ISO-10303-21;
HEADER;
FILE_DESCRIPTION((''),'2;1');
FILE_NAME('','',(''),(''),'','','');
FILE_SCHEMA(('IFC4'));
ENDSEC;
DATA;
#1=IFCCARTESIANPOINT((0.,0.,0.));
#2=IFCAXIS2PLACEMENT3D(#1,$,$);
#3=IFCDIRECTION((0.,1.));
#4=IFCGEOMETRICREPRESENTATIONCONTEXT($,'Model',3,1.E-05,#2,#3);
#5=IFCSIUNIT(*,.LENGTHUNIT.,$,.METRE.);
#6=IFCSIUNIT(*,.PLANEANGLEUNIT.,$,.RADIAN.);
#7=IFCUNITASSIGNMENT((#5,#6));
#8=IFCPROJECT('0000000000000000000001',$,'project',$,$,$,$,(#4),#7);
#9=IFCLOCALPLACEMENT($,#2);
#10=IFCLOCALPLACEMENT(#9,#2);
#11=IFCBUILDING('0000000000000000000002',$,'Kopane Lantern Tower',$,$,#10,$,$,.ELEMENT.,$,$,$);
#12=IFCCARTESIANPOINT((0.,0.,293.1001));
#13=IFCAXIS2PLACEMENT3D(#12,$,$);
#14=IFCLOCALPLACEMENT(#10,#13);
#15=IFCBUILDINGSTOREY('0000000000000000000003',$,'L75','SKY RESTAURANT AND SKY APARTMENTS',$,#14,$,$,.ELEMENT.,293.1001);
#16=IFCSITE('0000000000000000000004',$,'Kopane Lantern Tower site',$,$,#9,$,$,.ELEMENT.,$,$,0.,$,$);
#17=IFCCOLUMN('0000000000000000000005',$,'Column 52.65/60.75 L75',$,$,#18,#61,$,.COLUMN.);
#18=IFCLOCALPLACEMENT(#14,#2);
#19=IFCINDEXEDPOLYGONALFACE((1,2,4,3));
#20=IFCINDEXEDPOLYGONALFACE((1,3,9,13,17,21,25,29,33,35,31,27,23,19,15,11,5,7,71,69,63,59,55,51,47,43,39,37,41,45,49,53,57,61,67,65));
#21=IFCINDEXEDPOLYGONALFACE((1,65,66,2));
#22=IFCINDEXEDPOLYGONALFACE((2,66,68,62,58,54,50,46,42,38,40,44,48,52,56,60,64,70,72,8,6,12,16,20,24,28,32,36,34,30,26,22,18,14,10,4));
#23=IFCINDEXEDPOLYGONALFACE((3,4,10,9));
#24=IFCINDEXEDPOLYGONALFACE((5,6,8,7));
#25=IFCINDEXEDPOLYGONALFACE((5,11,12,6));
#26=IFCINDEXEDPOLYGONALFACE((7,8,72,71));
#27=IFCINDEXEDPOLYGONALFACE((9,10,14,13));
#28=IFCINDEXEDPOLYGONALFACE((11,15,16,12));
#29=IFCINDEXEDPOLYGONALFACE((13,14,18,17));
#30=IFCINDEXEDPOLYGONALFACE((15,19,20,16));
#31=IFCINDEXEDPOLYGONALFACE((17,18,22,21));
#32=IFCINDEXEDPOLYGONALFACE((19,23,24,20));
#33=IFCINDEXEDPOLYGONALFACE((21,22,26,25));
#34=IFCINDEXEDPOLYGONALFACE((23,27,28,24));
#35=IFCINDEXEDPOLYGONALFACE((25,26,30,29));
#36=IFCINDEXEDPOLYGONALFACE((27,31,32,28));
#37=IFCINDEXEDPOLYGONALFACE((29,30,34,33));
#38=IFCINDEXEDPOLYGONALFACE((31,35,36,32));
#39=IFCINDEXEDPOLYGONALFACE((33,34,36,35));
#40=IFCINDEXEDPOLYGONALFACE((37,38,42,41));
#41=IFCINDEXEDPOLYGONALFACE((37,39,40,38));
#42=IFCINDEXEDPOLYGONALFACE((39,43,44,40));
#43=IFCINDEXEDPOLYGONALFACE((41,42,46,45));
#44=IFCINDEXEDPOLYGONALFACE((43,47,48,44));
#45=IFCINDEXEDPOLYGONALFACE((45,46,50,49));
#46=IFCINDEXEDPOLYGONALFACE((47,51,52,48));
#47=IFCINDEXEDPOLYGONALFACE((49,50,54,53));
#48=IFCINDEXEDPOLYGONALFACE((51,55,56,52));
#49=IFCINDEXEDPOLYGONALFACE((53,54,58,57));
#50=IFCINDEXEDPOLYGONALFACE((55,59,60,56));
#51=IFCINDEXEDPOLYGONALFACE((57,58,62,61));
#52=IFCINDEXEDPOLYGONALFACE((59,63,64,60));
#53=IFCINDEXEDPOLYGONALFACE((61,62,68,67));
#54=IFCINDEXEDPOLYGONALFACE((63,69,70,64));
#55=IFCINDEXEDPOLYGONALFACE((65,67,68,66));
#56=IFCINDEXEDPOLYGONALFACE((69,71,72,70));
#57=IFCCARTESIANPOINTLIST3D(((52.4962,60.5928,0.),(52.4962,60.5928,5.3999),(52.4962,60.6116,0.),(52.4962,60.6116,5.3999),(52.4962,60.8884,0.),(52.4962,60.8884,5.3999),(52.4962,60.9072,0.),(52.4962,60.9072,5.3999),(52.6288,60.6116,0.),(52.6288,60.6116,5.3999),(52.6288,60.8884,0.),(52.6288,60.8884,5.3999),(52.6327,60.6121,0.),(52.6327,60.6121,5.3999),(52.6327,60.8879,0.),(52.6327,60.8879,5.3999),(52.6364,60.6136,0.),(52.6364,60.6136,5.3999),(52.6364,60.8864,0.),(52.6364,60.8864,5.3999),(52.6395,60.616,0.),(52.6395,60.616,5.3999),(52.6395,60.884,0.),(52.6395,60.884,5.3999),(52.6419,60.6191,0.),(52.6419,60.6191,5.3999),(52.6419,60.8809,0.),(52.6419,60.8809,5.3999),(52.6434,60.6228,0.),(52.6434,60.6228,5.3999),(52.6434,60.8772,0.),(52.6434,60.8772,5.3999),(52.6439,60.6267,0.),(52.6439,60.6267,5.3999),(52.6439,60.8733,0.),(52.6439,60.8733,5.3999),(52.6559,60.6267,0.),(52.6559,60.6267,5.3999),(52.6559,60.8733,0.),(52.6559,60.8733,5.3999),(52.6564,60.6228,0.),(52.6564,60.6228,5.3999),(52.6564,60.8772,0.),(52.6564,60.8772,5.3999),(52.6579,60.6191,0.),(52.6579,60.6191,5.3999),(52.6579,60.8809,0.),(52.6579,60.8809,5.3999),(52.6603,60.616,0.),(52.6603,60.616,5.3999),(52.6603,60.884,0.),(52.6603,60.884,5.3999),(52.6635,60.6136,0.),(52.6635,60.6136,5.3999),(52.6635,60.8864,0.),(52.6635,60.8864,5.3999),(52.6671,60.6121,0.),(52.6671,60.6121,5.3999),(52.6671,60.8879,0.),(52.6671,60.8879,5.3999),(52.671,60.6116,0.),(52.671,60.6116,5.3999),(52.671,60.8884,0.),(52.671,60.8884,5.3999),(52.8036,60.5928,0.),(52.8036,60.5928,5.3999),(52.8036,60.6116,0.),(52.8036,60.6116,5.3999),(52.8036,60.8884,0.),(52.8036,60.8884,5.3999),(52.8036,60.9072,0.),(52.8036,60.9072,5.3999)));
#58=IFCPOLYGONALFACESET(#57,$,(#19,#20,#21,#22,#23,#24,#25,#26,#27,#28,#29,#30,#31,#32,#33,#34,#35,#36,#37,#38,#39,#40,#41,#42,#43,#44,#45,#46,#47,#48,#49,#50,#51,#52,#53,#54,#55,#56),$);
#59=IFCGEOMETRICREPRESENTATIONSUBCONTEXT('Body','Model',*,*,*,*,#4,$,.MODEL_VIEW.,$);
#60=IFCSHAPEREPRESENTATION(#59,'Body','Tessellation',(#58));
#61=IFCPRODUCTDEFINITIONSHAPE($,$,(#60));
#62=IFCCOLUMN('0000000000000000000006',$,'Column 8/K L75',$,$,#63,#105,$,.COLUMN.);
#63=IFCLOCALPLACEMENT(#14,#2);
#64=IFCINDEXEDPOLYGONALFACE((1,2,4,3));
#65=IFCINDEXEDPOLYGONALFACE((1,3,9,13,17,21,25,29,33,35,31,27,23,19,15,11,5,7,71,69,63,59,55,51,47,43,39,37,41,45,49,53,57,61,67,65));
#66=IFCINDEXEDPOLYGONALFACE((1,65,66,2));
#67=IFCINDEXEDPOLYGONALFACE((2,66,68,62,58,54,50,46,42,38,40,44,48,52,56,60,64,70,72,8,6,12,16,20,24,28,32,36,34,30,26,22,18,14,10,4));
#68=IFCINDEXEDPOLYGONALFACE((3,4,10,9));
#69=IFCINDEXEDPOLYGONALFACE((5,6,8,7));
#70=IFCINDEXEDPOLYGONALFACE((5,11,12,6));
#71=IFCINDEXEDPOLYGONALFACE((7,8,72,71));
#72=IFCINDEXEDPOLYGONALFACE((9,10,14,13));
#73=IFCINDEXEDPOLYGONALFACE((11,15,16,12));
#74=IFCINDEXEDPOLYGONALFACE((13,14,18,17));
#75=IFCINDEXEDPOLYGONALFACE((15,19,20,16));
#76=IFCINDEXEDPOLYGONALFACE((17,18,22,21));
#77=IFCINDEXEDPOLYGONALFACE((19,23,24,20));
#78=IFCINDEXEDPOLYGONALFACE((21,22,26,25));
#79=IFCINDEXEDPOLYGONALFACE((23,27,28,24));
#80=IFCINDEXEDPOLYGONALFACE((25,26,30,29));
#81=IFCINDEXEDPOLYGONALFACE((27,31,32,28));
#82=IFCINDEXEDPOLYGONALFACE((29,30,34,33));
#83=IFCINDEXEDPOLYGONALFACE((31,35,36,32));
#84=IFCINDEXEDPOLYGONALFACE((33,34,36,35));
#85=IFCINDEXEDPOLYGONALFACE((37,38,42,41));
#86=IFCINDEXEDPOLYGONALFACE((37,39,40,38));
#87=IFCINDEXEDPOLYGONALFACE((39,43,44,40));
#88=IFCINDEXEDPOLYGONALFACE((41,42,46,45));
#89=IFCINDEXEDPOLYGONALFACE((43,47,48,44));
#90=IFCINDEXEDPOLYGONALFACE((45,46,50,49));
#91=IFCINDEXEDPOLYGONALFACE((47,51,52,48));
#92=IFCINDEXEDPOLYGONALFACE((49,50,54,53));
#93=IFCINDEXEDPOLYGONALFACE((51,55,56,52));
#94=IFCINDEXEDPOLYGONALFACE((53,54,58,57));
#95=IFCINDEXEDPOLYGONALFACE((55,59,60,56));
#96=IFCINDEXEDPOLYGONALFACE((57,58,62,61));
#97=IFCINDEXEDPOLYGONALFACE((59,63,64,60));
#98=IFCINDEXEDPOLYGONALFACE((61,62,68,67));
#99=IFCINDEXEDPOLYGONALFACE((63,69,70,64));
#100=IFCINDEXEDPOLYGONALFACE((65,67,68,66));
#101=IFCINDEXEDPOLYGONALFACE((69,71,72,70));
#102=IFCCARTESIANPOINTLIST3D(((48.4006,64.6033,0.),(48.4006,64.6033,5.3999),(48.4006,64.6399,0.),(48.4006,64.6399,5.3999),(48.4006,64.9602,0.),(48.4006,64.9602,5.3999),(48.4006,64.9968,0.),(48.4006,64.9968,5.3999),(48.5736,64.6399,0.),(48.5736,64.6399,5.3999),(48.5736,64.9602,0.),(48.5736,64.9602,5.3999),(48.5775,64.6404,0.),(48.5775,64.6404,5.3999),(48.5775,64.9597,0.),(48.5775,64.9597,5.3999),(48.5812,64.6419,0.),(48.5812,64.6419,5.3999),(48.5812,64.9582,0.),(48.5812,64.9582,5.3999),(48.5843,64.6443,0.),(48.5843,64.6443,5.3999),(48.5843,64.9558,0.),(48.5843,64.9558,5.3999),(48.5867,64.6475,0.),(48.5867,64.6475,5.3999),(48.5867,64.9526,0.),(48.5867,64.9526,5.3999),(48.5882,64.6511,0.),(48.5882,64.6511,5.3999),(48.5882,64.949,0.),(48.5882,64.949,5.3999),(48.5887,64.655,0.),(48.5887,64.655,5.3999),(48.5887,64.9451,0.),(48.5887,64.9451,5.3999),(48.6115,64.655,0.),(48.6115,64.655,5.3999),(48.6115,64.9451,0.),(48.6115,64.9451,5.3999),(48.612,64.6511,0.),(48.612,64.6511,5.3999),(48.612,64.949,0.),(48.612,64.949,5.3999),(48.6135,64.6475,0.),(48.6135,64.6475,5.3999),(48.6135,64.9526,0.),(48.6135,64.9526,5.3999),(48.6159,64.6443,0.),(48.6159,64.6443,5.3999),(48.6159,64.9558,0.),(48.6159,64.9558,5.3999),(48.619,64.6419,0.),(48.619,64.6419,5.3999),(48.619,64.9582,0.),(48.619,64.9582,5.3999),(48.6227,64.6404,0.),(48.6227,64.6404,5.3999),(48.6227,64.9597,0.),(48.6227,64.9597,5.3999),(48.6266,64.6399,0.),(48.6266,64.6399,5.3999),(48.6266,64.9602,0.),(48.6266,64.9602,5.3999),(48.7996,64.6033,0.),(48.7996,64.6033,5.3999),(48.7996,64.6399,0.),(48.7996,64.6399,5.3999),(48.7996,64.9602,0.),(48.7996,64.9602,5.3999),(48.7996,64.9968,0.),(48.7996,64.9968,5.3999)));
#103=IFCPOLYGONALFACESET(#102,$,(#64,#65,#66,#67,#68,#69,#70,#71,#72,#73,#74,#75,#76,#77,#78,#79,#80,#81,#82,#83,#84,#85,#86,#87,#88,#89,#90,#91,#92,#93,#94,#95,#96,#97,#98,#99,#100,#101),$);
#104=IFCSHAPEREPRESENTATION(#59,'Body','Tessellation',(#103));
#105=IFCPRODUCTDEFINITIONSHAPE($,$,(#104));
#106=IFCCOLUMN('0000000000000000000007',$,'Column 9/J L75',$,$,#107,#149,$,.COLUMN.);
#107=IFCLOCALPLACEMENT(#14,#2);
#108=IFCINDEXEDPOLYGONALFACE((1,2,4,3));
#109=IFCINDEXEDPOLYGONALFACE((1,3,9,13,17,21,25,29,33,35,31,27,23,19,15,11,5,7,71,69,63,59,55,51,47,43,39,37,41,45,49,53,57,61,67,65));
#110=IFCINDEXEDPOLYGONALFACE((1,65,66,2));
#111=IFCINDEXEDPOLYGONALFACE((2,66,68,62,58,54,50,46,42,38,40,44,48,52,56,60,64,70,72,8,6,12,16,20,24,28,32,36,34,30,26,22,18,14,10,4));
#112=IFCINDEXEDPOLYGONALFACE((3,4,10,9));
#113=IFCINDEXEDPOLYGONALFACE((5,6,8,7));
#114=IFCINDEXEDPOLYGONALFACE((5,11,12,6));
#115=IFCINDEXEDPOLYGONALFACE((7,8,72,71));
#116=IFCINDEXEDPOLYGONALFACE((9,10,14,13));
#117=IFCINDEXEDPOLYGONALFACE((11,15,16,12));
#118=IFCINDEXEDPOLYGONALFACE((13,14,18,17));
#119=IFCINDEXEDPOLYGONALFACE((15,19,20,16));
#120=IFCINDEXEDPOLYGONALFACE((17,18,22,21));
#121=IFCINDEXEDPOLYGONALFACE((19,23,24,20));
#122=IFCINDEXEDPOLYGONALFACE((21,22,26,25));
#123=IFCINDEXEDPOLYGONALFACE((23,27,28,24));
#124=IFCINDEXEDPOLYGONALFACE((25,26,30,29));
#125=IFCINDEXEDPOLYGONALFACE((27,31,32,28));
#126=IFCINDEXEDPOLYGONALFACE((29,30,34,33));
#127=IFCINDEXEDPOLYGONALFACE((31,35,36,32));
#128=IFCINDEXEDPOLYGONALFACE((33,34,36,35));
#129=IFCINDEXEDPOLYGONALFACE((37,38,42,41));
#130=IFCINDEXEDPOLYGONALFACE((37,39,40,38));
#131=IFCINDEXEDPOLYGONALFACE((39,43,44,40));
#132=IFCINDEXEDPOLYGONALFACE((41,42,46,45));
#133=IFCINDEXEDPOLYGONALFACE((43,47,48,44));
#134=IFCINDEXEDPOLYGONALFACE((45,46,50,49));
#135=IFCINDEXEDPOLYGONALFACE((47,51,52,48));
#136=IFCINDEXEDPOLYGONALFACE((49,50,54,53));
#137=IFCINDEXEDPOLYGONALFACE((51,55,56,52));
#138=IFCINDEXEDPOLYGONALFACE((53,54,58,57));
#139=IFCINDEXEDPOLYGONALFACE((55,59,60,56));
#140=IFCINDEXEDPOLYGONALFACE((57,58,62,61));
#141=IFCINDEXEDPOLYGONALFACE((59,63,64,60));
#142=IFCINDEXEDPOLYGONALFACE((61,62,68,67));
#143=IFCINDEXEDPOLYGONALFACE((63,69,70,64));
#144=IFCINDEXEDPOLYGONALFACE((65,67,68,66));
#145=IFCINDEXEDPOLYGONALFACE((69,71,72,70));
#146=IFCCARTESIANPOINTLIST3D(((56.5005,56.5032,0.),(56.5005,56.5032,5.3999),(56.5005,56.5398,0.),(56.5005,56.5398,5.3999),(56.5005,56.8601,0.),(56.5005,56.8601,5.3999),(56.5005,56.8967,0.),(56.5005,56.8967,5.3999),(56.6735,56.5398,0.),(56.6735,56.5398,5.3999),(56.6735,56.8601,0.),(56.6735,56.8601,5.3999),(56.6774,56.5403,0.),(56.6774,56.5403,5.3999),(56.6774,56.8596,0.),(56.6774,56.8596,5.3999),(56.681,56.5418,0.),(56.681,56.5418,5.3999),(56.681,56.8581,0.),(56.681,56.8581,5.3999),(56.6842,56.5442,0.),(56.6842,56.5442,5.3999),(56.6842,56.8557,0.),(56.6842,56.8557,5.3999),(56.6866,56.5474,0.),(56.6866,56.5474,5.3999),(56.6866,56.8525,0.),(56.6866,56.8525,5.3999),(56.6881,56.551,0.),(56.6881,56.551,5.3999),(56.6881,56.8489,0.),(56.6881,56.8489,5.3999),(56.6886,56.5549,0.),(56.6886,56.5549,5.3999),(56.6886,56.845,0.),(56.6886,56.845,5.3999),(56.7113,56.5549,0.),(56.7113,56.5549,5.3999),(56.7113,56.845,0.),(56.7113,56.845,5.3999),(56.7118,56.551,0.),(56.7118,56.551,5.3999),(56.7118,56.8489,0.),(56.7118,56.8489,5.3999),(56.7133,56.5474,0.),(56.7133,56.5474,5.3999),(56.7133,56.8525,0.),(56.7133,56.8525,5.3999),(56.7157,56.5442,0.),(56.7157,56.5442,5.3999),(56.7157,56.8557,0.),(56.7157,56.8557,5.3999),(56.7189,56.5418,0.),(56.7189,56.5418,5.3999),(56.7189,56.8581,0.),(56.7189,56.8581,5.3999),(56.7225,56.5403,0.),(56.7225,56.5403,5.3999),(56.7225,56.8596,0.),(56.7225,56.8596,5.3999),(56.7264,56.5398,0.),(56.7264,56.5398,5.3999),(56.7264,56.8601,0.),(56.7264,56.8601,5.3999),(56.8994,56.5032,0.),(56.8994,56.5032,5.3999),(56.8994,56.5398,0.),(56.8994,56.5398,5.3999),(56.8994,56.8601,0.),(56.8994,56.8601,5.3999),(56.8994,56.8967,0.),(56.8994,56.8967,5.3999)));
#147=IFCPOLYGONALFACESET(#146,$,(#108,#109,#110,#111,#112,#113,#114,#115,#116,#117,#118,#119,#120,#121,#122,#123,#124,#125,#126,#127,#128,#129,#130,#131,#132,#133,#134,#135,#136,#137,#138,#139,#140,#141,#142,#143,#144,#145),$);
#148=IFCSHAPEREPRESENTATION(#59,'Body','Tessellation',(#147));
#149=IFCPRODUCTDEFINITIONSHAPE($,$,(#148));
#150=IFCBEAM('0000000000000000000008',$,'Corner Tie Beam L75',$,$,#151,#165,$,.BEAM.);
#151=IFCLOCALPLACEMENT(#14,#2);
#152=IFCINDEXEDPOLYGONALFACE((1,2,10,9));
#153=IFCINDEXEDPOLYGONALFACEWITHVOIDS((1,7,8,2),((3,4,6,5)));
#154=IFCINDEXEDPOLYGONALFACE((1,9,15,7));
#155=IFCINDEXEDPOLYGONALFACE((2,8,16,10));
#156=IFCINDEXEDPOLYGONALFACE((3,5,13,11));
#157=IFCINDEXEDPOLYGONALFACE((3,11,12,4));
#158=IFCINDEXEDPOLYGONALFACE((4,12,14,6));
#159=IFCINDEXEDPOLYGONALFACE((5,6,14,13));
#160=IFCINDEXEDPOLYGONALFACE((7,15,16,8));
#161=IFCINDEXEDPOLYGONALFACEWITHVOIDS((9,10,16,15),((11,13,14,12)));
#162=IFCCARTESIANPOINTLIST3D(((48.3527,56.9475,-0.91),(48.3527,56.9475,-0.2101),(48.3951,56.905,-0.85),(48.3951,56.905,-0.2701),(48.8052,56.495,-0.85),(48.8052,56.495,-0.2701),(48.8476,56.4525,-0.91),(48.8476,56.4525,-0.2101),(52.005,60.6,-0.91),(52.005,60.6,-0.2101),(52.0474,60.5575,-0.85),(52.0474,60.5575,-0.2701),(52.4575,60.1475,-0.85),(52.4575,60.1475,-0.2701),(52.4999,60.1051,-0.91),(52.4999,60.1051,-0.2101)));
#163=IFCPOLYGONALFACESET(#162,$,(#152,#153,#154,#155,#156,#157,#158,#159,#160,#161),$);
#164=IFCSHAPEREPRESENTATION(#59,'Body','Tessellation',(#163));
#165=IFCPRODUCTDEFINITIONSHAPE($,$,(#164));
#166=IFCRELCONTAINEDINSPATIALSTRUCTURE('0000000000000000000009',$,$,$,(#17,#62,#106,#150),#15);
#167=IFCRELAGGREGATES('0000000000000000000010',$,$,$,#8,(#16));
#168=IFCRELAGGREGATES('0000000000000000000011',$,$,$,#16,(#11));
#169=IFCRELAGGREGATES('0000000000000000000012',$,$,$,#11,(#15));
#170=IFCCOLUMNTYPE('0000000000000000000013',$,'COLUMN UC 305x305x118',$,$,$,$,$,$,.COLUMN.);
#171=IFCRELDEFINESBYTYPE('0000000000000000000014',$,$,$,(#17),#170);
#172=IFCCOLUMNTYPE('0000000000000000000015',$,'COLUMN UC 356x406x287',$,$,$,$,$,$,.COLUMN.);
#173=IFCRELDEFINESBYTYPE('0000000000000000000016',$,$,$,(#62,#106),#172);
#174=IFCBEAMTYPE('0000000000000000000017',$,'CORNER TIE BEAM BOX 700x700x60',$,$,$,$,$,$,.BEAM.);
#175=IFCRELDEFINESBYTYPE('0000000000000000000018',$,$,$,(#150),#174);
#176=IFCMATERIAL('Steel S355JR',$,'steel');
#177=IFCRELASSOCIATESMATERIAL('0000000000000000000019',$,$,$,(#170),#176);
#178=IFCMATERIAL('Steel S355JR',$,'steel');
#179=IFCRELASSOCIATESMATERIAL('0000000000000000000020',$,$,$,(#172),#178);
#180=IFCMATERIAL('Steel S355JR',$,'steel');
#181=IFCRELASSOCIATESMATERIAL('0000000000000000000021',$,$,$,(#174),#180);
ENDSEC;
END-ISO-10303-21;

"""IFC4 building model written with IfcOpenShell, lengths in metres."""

from ifc_helpers import new_model, si_unit, direction, frame, origin, origin_2d, place, context, subcontext, project, spatial, hollow_rectangle, i_section, extrude, material, material_profile, profile_set, type_object, element, save


model = new_model("IFC4")

# Units and contexts
model_context = context("Model", 3, precision=1e-05, world=origin(), true_north=direction((0.0, 1.0)))
body_context = subcontext(model_context, "Body", "Model", "MODEL_VIEW")
ifc_project = project(units=[si_unit("LENGTHUNIT", "METRE"), si_unit("PLANEANGLEUNIT", "RADIAN")], contexts=[model_context])

# Site, building, storey
site_placement = place(None, origin())
site = spatial("IfcSite", under=ifc_project, at=site_placement, Name="Kopane Lantern Tower site", CompositionType="ELEMENT", RefElevation=0.0)
building_placement = place(site_placement, origin())
building = spatial("IfcBuilding", under=site, at=building_placement, Name="Kopane Lantern Tower", CompositionType="ELEMENT")
storey_placement = place(building_placement, frame((0.0, 0.0, 293.1001)))
storey = spatial("IfcBuildingStorey", under=building, at=storey_placement, Name="L75", Description="SKY RESTAURANT AND SKY APARTMENTS", CompositionType="ELEMENT", Elevation=293.1001)

# Columns
ifc_material_1 = material(Name="Steel S355JR", Category="steel")
ifc_material_profile_1 = material_profile(ifc_material_1, i_section(OverallWidth=0.3074, OverallDepth=0.3145, WebThickness=0.012, FlangeThickness=0.0188, FilletRadius=0.0151, at=origin_2d()), Name="UC 305x305x118")
ifc_profile_set_1 = profile_set([ifc_material_profile_1], Name="Steel S355JR")
column_type_1 = type_object("IfcColumnType", Name="COLUMN UC 305x305x118", PredefinedType="COLUMN", material=ifc_profile_set_1)
column_placement = place(storey_placement, frame((52.6499, 60.75, 0.0), z_axis=(0.0, 0.0, 1.0), x_axis=(1.0, 0.0, 0.0)))
element("IfcColumn", 1, at=column_placement, inside=storey, type_object=column_type_1, Name="Column 52.65/60.75 L75", PredefinedType="COLUMN", context=body_context, shape_type="SweptSolid", body=[
    extrude(i_section(OverallWidth=0.3074, OverallDepth=0.3145, WebThickness=0.012, FlangeThickness=0.0188, FilletRadius=0.0151, at=origin_2d()), origin(), (0.0, 0.0, 1.0), 5.3999),
])
ifc_material_2 = material(Name="Steel S355JR", Category="steel")
ifc_material_profile_2 = material_profile(ifc_material_2, i_section(OverallWidth=0.3989, OverallDepth=0.3936, WebThickness=0.0227, FlangeThickness=0.0366, FilletRadius=0.0151, at=origin_2d()), Name="UC 356x406x287")
ifc_profile_set_2 = profile_set([ifc_material_profile_2], Name="Steel S355JR")
column_type_2 = type_object("IfcColumnType", Name="COLUMN UC 356x406x287", PredefinedType="COLUMN", material=ifc_profile_set_2)
for number, where, z_axis, x_axis, name in (
    (2, (48.6001, 64.8, 0.0), (0.0, 0.0, 1.0), (1.0, 0.0, 0.0), "Column 8/K L75"),
    (3, (56.7, 56.7, 0.0), (0.0, 0.0, 1.0), (1.0, 0.0, 0.0), "Column 9/J L75"),
):
    element("IfcColumn", number, at=place(storey_placement, frame(where, z_axis=z_axis, x_axis=x_axis)), inside=storey, type_object=column_type_2, Name=name, PredefinedType="COLUMN", context=body_context, shape_type="SweptSolid", body=[
        extrude(i_section(OverallWidth=0.3989, OverallDepth=0.3936, WebThickness=0.0227, FlangeThickness=0.0366, FilletRadius=0.0151, at=origin_2d()), origin(), (0.0, 0.0, 1.0), 5.3999),
    ])

# Beam
ifc_material_3 = material(Name="Steel S355JR", Category="steel")
ifc_material_profile_3 = material_profile(ifc_material_3, hollow_rectangle(XDim=0.7, YDim=0.7, WallThickness=0.0601, at=origin_2d()), Name="BOX 700x700x60")
ifc_profile_set_3 = profile_set([ifc_material_profile_3], Name="Steel S355JR")
beam_type_1 = type_object("IfcBeamType", Name="CORNER TIE BEAM BOX 700x700x60", PredefinedType="BEAM", material=ifc_profile_set_3)
beam_1_placement = place(storey_placement, frame((52.2524, 60.3525, -0.5601), z_axis=(-0.707083, -0.70713, 0.0), x_axis=(0.70713, -0.707083, 0.0)))
element("IfcBeam", 4, at=beam_1_placement, inside=storey, type_object=beam_type_1, Name="Corner Tie Beam L75", PredefinedType="BEAM", context=body_context, shape_type="SweptSolid", body=[
    extrude(hollow_rectangle(XDim=0.7, YDim=0.7, WallThickness=0.0601, at=origin_2d()), origin(), (0.0, 0.0, 1.0), 5.1653),
])

save(model, "model.ifc")
